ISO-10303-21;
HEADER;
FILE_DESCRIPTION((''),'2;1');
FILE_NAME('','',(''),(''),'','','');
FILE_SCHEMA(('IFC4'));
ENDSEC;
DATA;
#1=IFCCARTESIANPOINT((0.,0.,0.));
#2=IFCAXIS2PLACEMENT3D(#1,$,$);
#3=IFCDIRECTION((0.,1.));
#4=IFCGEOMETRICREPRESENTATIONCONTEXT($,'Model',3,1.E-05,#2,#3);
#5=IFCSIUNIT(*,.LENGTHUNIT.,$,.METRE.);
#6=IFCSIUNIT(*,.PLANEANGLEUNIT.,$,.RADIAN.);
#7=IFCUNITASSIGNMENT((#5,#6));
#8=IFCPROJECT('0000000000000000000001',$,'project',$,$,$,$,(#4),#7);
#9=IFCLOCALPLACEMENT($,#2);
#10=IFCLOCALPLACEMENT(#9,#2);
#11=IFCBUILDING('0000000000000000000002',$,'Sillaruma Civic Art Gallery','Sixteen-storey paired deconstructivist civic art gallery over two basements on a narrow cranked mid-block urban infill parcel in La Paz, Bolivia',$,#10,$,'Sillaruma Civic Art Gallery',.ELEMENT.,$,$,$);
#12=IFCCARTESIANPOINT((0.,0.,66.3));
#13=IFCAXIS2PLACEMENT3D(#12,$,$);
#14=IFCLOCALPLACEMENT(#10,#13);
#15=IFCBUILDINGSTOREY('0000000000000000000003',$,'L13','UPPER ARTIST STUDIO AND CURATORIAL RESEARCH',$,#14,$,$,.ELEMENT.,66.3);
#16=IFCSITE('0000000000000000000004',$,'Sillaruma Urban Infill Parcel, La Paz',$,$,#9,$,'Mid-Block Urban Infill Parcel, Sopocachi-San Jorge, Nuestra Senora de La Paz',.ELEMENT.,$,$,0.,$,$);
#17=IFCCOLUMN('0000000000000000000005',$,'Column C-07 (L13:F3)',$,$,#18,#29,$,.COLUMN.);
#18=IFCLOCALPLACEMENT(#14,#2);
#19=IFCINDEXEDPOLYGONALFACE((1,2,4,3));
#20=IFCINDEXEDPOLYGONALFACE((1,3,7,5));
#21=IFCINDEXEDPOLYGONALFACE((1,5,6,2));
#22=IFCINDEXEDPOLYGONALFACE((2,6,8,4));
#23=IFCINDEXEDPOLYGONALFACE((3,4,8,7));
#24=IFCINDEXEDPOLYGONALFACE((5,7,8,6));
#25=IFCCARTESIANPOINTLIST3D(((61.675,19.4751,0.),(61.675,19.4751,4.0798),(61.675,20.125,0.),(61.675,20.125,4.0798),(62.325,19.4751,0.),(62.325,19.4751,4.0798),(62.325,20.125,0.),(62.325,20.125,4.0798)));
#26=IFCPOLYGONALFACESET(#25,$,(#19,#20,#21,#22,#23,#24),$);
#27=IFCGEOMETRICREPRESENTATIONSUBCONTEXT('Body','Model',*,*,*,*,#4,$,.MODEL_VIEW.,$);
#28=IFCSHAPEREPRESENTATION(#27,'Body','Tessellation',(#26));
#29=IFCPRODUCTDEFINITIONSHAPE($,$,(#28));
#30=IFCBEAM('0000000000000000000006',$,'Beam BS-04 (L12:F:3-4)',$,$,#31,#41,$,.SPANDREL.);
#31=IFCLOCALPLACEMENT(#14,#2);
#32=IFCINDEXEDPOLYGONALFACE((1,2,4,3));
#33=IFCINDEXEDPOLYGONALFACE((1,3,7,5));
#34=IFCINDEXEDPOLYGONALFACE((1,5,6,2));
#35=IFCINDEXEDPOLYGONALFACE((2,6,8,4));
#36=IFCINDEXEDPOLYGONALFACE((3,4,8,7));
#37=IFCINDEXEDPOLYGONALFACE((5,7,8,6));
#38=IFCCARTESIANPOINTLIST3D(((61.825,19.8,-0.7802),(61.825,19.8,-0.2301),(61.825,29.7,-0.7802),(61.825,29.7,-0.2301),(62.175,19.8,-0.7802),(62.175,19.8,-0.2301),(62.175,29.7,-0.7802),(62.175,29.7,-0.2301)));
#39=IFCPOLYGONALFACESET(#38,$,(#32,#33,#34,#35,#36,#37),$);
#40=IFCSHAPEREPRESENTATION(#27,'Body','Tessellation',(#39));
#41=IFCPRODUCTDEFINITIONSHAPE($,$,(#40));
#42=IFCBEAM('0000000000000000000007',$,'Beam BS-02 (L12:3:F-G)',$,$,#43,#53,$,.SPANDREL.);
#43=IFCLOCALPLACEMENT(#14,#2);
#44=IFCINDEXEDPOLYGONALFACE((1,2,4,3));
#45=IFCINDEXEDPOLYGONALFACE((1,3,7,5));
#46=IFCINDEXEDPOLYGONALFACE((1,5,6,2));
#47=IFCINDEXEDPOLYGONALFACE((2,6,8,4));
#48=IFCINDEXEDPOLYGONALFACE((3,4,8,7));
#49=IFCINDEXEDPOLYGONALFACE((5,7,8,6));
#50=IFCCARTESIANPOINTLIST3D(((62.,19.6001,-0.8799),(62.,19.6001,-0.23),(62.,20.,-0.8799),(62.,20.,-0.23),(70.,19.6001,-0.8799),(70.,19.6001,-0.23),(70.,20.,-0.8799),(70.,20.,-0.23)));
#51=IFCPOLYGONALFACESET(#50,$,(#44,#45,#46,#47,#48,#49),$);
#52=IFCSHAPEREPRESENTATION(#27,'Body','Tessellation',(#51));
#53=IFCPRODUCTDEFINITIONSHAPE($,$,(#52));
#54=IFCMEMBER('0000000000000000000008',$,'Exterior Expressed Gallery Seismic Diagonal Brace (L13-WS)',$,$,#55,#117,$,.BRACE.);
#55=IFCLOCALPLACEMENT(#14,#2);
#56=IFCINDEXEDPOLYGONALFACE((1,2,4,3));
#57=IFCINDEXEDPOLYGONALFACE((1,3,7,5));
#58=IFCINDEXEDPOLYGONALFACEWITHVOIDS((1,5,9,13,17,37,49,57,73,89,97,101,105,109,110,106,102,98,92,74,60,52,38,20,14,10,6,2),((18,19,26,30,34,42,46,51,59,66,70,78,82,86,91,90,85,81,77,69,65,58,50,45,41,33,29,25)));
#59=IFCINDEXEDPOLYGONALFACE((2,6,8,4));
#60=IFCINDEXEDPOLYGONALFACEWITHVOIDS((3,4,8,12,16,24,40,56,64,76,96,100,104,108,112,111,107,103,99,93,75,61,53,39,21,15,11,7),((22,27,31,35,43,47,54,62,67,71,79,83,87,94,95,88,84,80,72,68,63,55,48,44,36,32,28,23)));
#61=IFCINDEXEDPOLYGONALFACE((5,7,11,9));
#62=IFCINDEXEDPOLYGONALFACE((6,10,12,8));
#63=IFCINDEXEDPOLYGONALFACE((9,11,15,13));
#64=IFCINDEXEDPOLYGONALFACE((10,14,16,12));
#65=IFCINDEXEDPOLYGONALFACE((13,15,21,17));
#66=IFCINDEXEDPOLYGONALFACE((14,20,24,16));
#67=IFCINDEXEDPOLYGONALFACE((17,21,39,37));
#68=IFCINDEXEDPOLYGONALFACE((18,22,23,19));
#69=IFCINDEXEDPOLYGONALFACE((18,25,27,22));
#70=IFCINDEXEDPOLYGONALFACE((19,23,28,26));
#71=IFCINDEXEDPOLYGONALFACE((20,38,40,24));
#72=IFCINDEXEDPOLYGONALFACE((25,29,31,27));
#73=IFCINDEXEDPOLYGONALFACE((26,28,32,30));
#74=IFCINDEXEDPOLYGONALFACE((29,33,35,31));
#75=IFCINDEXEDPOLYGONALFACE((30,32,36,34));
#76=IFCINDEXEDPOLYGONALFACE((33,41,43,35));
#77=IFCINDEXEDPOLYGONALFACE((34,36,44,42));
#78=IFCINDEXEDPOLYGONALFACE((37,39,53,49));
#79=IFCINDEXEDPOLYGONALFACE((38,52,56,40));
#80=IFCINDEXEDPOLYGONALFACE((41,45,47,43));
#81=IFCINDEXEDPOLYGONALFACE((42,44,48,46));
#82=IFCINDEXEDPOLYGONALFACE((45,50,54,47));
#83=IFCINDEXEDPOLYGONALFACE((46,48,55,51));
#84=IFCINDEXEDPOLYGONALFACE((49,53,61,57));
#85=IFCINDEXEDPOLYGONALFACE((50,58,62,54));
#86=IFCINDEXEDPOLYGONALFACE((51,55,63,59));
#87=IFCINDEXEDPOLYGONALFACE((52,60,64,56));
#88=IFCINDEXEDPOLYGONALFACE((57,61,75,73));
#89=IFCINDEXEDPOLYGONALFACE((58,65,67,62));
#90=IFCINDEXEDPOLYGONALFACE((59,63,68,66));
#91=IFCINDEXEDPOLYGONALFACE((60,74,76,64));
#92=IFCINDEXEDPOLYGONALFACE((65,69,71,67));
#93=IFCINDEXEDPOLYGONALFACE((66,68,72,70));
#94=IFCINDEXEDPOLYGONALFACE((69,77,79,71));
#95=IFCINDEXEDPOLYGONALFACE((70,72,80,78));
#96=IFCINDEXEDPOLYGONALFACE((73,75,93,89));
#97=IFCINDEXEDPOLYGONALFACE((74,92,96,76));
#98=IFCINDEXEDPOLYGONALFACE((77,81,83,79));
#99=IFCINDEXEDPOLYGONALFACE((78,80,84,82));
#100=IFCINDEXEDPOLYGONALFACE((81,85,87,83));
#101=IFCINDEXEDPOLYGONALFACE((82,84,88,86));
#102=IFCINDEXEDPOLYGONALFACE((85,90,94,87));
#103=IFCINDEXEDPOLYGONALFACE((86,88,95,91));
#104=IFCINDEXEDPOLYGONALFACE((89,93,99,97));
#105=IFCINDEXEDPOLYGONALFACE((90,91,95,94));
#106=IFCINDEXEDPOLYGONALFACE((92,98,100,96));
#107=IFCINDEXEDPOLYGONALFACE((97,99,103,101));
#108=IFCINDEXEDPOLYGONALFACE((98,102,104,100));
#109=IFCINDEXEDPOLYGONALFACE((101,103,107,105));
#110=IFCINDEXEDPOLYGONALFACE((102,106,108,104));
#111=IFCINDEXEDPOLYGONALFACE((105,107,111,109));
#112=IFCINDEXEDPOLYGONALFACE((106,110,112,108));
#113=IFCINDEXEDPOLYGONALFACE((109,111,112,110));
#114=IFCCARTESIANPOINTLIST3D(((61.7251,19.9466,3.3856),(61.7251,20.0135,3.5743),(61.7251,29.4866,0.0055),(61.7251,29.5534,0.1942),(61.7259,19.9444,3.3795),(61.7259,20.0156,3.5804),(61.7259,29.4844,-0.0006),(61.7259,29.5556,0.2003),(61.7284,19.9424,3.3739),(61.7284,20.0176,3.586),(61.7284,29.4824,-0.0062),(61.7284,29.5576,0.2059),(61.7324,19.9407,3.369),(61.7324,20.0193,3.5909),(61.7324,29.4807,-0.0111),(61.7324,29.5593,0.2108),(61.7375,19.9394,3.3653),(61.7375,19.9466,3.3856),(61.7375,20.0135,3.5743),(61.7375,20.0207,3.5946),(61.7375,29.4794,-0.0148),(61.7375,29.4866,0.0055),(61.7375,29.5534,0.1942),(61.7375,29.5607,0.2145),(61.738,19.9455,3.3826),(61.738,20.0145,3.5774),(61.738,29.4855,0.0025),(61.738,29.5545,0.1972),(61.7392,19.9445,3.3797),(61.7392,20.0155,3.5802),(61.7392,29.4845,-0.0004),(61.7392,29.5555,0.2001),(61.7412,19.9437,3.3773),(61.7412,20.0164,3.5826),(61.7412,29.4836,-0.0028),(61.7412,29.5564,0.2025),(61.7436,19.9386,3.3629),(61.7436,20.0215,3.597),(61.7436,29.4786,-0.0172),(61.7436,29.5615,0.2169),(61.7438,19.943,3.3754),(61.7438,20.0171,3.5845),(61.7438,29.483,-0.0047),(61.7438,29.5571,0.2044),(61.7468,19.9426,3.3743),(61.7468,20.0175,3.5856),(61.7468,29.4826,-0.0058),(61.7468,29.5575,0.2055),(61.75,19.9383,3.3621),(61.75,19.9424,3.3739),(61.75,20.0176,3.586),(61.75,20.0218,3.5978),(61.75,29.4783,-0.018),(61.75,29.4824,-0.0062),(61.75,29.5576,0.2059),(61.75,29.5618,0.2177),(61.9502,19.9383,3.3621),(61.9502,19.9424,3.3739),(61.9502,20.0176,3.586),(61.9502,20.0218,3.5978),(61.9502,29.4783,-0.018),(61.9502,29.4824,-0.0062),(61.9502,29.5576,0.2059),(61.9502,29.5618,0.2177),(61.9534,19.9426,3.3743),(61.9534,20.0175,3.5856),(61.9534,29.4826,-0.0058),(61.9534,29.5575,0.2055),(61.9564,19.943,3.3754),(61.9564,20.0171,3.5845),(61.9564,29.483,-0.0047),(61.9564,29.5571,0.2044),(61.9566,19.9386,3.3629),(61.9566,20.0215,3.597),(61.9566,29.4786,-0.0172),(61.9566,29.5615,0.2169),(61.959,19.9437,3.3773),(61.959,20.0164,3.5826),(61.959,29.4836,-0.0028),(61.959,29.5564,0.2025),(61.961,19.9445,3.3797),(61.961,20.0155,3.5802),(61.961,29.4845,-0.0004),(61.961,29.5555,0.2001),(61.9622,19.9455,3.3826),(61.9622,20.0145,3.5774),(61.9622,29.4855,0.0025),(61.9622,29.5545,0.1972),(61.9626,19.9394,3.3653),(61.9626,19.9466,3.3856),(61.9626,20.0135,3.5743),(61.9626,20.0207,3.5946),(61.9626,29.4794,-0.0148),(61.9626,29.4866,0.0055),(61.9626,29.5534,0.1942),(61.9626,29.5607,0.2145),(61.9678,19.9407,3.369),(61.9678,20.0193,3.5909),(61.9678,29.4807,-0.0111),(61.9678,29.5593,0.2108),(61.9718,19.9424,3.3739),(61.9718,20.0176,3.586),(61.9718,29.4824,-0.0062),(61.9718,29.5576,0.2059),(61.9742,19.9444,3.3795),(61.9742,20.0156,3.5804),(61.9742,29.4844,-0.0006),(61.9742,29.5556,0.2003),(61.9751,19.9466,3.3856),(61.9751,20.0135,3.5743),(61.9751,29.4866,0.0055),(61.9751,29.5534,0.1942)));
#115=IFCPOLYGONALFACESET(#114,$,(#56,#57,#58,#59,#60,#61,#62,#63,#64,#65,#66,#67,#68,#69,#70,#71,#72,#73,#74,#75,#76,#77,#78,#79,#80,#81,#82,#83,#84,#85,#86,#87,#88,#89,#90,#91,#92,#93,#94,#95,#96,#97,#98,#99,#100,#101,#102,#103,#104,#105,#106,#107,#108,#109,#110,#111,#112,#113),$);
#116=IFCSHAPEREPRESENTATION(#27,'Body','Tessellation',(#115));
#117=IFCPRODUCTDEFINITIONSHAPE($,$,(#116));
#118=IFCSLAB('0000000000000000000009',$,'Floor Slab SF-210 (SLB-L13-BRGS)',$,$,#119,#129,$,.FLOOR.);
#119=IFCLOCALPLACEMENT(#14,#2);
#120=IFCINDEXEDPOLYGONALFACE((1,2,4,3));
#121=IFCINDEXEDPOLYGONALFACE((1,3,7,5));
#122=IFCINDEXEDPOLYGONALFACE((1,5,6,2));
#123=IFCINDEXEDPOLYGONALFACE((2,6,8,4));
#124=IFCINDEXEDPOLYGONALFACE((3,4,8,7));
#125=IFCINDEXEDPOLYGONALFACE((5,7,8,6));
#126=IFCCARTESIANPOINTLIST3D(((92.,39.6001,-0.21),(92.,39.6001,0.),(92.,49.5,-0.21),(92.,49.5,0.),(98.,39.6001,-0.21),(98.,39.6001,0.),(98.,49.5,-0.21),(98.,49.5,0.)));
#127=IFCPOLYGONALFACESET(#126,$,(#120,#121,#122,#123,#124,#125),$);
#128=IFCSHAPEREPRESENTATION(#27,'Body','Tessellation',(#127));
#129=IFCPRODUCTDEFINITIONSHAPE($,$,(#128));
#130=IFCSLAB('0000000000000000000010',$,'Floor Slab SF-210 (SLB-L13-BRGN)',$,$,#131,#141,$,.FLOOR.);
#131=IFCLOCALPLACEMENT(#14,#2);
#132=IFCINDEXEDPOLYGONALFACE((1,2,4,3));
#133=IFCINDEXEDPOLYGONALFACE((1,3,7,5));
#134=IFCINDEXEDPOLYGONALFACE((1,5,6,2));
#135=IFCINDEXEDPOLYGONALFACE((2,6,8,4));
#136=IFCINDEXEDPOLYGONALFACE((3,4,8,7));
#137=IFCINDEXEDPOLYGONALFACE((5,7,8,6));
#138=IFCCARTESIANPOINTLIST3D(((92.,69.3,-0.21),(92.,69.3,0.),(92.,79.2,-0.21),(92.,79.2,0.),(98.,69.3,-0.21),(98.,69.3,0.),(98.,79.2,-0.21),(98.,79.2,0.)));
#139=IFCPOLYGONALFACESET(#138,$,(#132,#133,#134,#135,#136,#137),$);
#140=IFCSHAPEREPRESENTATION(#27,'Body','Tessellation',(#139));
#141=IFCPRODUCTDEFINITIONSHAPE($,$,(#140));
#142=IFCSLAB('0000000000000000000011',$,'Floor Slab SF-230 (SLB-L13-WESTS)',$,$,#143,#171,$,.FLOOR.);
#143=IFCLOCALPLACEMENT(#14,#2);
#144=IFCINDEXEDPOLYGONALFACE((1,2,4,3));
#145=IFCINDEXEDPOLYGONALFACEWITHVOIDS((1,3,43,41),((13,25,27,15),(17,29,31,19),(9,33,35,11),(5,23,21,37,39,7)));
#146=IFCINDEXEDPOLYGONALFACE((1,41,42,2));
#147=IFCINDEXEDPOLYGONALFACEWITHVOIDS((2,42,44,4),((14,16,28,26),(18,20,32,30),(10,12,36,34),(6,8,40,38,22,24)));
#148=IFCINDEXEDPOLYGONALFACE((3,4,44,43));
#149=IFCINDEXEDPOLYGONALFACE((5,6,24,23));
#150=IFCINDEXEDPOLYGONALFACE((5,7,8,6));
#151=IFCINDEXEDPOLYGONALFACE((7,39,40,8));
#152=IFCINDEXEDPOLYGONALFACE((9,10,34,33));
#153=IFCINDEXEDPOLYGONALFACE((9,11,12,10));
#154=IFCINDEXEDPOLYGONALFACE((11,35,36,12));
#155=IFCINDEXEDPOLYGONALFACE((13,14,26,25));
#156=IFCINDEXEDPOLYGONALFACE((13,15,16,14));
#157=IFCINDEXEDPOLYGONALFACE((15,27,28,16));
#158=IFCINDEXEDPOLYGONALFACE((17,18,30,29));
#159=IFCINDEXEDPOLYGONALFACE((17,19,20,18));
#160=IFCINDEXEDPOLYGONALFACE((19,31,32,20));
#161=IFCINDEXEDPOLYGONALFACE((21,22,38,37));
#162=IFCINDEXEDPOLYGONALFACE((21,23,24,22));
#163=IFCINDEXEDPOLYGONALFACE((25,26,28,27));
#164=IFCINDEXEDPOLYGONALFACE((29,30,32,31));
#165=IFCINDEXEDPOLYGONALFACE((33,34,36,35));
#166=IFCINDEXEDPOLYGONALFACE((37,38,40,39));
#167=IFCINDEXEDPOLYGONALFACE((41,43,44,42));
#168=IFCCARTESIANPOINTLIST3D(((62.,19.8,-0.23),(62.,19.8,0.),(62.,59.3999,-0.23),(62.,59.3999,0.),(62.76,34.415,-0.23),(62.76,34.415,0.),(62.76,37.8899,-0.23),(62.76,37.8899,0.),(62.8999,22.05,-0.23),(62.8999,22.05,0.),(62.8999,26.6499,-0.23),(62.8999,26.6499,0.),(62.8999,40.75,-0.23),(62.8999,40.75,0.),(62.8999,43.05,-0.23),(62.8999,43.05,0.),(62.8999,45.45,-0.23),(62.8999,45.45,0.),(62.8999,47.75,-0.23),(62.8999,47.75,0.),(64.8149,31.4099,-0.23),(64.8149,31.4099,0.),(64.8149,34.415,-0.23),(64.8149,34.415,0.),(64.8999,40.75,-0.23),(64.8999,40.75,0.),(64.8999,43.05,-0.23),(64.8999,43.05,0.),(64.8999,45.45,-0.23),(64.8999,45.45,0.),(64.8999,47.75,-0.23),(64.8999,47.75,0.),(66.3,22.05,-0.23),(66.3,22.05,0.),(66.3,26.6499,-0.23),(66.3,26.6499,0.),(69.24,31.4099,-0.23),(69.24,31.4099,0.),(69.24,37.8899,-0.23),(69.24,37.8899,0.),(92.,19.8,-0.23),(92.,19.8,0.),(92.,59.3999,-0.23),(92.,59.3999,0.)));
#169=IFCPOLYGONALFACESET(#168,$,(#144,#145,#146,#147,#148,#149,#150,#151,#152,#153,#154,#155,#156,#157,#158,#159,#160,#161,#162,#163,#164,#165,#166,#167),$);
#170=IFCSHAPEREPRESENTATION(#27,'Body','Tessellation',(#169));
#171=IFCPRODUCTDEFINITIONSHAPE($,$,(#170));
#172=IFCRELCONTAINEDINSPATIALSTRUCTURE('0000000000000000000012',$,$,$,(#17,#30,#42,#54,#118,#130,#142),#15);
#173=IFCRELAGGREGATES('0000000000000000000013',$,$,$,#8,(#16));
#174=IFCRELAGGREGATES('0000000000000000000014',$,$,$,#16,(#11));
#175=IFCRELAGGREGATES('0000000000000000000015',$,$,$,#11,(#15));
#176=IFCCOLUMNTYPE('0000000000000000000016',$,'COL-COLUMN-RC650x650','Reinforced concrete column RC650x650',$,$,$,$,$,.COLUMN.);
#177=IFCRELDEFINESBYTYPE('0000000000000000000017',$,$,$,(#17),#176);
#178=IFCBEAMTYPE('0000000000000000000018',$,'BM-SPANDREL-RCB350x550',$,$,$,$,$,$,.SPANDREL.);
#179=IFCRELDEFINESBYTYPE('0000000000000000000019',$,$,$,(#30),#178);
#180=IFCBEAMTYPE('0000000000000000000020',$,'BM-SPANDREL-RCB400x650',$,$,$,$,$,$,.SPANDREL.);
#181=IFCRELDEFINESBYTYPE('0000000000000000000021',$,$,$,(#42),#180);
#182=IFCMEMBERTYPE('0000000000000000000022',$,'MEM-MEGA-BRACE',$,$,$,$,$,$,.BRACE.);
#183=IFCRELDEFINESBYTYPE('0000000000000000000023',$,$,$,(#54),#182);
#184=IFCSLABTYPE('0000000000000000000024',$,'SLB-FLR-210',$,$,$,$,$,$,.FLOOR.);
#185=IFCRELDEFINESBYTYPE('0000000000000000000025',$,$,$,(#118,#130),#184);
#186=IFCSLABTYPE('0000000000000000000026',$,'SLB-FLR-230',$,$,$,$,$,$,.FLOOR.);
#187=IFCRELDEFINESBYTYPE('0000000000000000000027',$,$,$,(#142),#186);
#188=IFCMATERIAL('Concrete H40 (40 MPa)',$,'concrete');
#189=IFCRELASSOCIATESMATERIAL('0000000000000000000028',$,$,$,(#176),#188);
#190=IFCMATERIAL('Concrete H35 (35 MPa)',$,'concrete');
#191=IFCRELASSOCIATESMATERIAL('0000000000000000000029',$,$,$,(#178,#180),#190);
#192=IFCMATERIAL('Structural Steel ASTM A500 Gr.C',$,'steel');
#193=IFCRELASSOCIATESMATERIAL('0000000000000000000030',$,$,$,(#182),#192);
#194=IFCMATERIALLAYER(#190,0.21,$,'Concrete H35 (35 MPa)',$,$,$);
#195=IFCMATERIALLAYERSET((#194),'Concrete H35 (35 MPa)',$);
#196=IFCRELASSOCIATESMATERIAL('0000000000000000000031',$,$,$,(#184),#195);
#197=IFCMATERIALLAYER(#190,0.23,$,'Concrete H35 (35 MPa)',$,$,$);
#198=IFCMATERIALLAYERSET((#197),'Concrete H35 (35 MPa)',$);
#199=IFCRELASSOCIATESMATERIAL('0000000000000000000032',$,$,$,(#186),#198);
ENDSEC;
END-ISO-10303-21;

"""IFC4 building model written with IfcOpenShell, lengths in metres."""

from ifc_helpers import new_model, si_unit, direction, frame, origin, origin_2d, place, context, subcontext, project, spatial, polyline, rectangle, hollow_rectangle, outline, extrude, material, layer, layer_set, material_profile, profile_set, type_object, element, save


model = new_model("IFC4")

# Units and contexts
model_context = context("Model", 3, precision=1e-05, world=origin(), true_north=direction((0.0, 1.0)))
body_context = subcontext(model_context, "Body", "Model", "MODEL_VIEW")
ifc_project = project(units=[si_unit("LENGTHUNIT", "METRE"), si_unit("PLANEANGLEUNIT", "RADIAN")], contexts=[model_context])

# Site, building, storey
site_placement = place(None, origin())
site = spatial("IfcSite", under=ifc_project, at=site_placement, Name="Sillaruma Urban Infill Parcel, La Paz", LongName="Mid-Block Urban Infill Parcel, Sopocachi-San Jorge, Nuestra Senora de La Paz", CompositionType="ELEMENT", RefElevation=0.0)
building_placement = place(site_placement, origin())
building = spatial("IfcBuilding", under=site, at=building_placement, Name="Sillaruma Civic Art Gallery", Description="Sixteen-storey paired deconstructivist civic art gallery over two basements on a narrow cranked mid-block urban infill parcel in La Paz, Bolivia", LongName="Sillaruma Civic Art Gallery", CompositionType="ELEMENT")
storey_placement = place(building_placement, frame((0.0, 0.0, 66.3)))
storey = spatial("IfcBuildingStorey", under=building, at=storey_placement, Name="L13", Description="UPPER ARTIST STUDIO AND CURATORIAL RESEARCH", CompositionType="ELEMENT", Elevation=66.3)

# Column
ifc_material_1 = material(Name="Concrete H40 (40 MPa)", Category="concrete")
ifc_material_profile_1 = material_profile(ifc_material_1, rectangle(XDim=0.6499, YDim=0.6499, at=origin_2d()), Name="RC650x650")
ifc_profile_set_1 = profile_set([ifc_material_profile_1], Name="Concrete H40 (40 MPa)")
column_type = type_object("IfcColumnType", Name="COL-COLUMN-RC650x650", Description="Reinforced concrete column RC650x650", PredefinedType="COLUMN", material=ifc_profile_set_1)
column_placement = place(storey_placement, frame((62.0, 19.8, 0.0), z_axis=(0.0, 0.0, 1.0), x_axis=(1.0, 0.0, 0.0)))
element("IfcColumn", 1, at=column_placement, inside=storey, type_object=column_type, Name="Column C-07 (L13:F3)", PredefinedType="COLUMN", context=body_context, shape_type="SweptSolid", body=[
    extrude(rectangle(XDim=0.6499, YDim=0.6499, at=origin_2d()), origin(), (0.0, 0.0, 1.0), 4.0798),
])

# Beams
ifc_material_2 = material(Name="Concrete H35 (35 MPa)", Category="concrete")
ifc_material_profile_2 = material_profile(ifc_material_2, rectangle(XDim=0.3501, YDim=0.55, at=origin_2d()), Name="RCB350x550")
ifc_profile_set_2 = profile_set([ifc_material_profile_2], Name="Concrete H35 (35 MPa)")
beam_type_1 = type_object("IfcBeamType", Name="BM-SPANDREL-RCB350x550", PredefinedType="SPANDREL", material=ifc_profile_set_2)
beam_1_placement = place(storey_placement, frame((62.0, 19.8, -0.5051), z_axis=(0.0, 1.0, 0.0), x_axis=(-1.0, 0.0, 0.0)))
element("IfcBeam", 2, at=beam_1_placement, inside=storey, type_object=beam_type_1, Name="Beam BS-04 (L12:F:3-4)", PredefinedType="SPANDREL", context=body_context, shape_type="SweptSolid", body=[
    extrude(rectangle(XDim=0.3501, YDim=0.55, at=origin_2d()), origin(), (0.0, 0.0, 1.0), 9.8999),
])
ifc_material_profile_3 = material_profile(ifc_material_2, rectangle(XDim=0.3999, YDim=0.6499, at=origin_2d()), Name="RCB400x650")
ifc_profile_set_3 = profile_set([ifc_material_profile_3], Name="Concrete H35 (35 MPa)")
beam_type_2 = type_object("IfcBeamType", Name="BM-SPANDREL-RCB400x650", PredefinedType="SPANDREL", material=ifc_profile_set_3)
beam_2_placement = place(storey_placement, frame((62.0, 19.8, -0.5549), z_axis=(1.0, 0.0, 0.0), x_axis=(0.0, 1.0, 0.0)))
element("IfcBeam", 3, at=beam_2_placement, inside=storey, type_object=beam_type_2, Name="Beam BS-02 (L12:3:F-G)", PredefinedType="SPANDREL", context=body_context, shape_type="SweptSolid", body=[
    extrude(rectangle(XDim=0.3999, YDim=0.6499, at=origin_2d()), origin(), (0.0, 0.0, 1.0), 8.0),
])

# Member
ifc_material_3 = material(Name="Structural Steel ASTM A500 Gr.C", Category="steel")
ifc_material_profile_4 = material_profile(ifc_material_3, hollow_rectangle(XDim=0.25, YDim=0.25, WallThickness=0.0125, InnerFilletRadius=0.0125, OuterFilletRadius=0.0249, at=origin_2d()), Name="HSS250x250x12.5")
ifc_profile_set_4 = profile_set([ifc_material_profile_4], Name="Structural Steel ASTM A500 Gr.C")
member_type = type_object("IfcMemberType", Name="MEM-MEGA-BRACE", PredefinedType="BRACE", material=ifc_profile_set_4)
member_placement = place(storey_placement, frame((61.8501, 29.52, 0.0999), z_axis=(0.0, -0.942585, 0.333967), x_axis=(1.0, 0.0, 0.0)))
element("IfcMember", 4, at=member_placement, inside=storey, type_object=member_type, Name="Exterior Expressed Gallery Seismic Diagonal Brace (L13-WS)", PredefinedType="BRACE", context=body_context, shape_type="SweptSolid", body=[
    extrude(hollow_rectangle(XDim=0.25, YDim=0.25, WallThickness=0.0125, InnerFilletRadius=0.0125, OuterFilletRadius=0.0249, at=origin_2d()), origin(), (0.0, 0.0, 1.0), 10.1211),
])

# Slabs
ifc_layer_1 = layer(ifc_material_2, 0.21, Name="Concrete H35 (35 MPa)")
ifc_layer_set_1 = layer_set([ifc_layer_1], Name="Concrete H35 (35 MPa)")
slab_type_1 = type_object("IfcSlabType", Name="SLB-FLR-210", PredefinedType="FLOOR", material=ifc_layer_set_1)
slab_1_placement = place(storey_placement, frame((0.0, 0.0, -0.21)))
element("IfcSlab", 5, at=slab_1_placement, inside=storey, type_object=slab_type_1, Name="Floor Slab SF-210 (SLB-L13-BRGS)", PredefinedType="FLOOR", context=body_context, shape_type="SweptSolid", body=[
    extrude(outline(polyline([(92.0, 39.6001), (98.0, 39.6001), (98.0, 49.5), (92.0, 49.5), (92.0, 39.6001)])), origin(), (0.0, 0.0, 1.0), 0.21),
])
slab_2_placement = place(storey_placement, frame((0.0, 0.0, -0.21)))
element("IfcSlab", 6, at=slab_2_placement, inside=storey, type_object=slab_type_1, Name="Floor Slab SF-210 (SLB-L13-BRGN)", PredefinedType="FLOOR", context=body_context, shape_type="SweptSolid", body=[
    extrude(outline(polyline([(92.0, 69.3), (98.0, 69.3), (98.0, 79.2), (92.0, 79.2), (92.0, 69.3)])), origin(), (0.0, 0.0, 1.0), 0.21),
])
ifc_layer_2 = layer(ifc_material_2, 0.23, Name="Concrete H35 (35 MPa)")
ifc_layer_set_2 = layer_set([ifc_layer_2], Name="Concrete H35 (35 MPa)")
slab_type_2 = type_object("IfcSlabType", Name="SLB-FLR-230", PredefinedType="FLOOR", material=ifc_layer_set_2)
slab_3_placement = place(storey_placement, frame((0.0, 0.0, -0.23)))
element("IfcSlab", 7, at=slab_3_placement, inside=storey, type_object=slab_type_2, Name="Floor Slab SF-230 (SLB-L13-WESTS)", PredefinedType="FLOOR", context=body_context, shape_type="SweptSolid", body=[
    extrude(outline(polyline([(62.0, 19.8), (92.0, 19.8), (92.0, 59.3999), (62.0, 59.3999), (62.0, 19.8)]), holes=[polyline([(64.8149, 31.4099), (69.24, 31.4099), (69.24, 37.8899), (62.76, 37.8899), (62.76, 34.415), (64.8149, 34.415), (64.8149, 31.4099)]), polyline([(62.8999, 40.75), (64.8999, 40.75), (64.8999, 43.05), (62.8999, 43.05), (62.8999, 40.75)]), polyline([(62.8999, 45.45), (64.8999, 45.45), (64.8999, 47.75), (62.8999, 47.75), (62.8999, 45.45)]), polyline([(62.8999, 22.05), (66.3, 22.05), (66.3, 26.6499), (62.8999, 26.6499), (62.8999, 22.05)])]), origin(), (0.0, 0.0, 1.0), 0.23),
])

save(model, "model.ifc")
